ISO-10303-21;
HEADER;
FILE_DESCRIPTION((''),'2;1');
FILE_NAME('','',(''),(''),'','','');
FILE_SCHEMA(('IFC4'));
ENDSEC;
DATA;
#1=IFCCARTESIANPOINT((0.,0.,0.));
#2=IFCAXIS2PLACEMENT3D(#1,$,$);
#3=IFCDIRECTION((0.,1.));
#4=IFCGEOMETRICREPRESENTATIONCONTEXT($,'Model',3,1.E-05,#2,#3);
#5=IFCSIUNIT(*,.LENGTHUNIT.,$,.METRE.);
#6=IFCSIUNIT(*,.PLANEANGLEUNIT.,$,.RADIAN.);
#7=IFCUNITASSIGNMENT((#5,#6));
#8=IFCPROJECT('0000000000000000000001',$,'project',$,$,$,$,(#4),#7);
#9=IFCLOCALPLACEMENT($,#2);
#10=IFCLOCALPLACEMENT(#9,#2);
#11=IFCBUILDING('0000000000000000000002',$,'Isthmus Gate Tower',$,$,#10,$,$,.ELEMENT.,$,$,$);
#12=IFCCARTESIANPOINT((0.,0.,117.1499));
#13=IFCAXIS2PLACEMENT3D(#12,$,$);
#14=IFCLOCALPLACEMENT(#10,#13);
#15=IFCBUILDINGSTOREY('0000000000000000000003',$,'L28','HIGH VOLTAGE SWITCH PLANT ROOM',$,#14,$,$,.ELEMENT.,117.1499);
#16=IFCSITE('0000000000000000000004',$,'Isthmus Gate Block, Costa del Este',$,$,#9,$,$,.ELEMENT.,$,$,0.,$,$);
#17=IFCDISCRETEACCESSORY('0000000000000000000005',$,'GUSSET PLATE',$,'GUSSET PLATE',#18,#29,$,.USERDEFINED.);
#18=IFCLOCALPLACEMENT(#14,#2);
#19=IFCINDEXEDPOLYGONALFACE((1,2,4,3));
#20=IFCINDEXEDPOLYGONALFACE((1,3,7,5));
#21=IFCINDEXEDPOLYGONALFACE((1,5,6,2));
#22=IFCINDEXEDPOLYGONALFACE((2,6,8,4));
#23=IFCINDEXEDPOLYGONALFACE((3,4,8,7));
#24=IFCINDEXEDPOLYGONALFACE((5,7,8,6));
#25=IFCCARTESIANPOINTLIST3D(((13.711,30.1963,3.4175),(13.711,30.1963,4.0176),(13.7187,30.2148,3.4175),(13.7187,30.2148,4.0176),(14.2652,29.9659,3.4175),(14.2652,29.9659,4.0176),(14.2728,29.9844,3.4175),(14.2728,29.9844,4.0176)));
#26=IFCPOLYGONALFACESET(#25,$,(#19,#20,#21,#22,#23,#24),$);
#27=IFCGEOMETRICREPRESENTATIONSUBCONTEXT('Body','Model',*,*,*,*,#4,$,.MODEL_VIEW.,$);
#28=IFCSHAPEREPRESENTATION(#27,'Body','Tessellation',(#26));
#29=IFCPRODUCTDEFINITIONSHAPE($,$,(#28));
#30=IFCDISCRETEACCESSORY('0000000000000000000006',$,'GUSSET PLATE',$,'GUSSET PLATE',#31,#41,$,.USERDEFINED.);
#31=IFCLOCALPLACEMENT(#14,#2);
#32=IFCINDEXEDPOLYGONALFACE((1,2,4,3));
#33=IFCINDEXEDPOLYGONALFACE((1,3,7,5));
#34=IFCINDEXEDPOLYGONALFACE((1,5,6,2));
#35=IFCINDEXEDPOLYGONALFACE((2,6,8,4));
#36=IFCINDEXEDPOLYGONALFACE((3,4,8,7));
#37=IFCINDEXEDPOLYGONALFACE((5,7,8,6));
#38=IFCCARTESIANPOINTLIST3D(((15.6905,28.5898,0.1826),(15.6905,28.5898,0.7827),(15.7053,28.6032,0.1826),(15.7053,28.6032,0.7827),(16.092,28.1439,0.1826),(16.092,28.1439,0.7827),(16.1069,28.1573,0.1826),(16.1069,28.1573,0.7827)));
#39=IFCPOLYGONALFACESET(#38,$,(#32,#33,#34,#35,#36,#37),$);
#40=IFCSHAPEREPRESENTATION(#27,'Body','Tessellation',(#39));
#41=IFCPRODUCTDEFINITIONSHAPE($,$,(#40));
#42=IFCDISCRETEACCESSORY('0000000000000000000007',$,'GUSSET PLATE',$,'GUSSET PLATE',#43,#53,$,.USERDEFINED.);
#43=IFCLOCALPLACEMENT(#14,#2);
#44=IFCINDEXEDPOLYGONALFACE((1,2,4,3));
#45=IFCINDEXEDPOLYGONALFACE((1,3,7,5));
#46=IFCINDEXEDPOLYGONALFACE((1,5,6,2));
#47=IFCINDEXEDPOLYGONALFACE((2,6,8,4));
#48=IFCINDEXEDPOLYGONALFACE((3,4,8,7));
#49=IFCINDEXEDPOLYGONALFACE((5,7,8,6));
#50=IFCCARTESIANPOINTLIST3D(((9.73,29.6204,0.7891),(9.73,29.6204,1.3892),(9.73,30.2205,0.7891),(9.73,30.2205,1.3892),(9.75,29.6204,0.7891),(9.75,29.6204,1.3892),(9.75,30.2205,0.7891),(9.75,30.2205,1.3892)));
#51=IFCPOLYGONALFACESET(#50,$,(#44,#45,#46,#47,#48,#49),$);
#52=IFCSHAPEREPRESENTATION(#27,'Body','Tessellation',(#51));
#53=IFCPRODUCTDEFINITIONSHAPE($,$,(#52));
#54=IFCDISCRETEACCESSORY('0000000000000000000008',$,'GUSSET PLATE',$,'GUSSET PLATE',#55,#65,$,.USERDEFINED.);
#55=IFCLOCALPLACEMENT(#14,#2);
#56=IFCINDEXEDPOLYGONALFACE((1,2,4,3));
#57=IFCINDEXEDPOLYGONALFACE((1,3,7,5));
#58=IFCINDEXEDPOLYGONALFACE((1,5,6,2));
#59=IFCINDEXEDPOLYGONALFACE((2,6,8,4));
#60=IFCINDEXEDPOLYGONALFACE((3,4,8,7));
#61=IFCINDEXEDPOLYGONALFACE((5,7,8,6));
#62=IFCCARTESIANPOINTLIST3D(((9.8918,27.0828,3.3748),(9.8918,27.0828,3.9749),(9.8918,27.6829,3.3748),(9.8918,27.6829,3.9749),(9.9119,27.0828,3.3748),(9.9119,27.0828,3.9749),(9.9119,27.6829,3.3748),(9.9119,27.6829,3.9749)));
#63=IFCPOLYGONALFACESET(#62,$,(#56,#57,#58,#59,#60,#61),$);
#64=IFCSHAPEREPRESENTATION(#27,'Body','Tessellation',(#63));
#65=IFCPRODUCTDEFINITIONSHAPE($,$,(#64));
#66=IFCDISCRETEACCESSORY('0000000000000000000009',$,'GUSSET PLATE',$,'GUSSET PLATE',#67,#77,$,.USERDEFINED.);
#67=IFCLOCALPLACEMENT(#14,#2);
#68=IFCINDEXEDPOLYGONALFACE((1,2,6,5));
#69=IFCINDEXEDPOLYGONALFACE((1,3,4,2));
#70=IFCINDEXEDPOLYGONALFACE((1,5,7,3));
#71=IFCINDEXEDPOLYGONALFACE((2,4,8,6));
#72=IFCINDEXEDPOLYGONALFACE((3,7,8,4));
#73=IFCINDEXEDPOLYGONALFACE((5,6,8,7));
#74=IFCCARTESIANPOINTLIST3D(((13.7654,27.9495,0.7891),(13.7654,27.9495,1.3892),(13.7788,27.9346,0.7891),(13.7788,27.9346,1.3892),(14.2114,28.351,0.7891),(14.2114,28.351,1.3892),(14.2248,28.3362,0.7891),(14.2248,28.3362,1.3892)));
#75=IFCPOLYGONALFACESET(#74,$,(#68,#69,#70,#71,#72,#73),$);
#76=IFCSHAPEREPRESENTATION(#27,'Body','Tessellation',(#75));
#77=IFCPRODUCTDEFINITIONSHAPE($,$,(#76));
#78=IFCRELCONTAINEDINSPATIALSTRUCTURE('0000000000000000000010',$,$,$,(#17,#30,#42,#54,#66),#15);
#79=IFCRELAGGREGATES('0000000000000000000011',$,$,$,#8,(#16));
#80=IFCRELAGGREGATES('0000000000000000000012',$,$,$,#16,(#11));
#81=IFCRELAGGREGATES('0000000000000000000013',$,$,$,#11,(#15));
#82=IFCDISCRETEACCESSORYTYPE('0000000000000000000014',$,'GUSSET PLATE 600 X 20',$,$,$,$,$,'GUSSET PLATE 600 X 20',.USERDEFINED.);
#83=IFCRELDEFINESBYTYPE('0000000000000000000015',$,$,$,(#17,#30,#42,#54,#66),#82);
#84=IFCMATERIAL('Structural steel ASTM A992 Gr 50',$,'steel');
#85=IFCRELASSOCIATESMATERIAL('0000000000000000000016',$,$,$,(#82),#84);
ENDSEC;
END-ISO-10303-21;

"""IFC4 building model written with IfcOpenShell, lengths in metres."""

from ifc_helpers import new_model, si_unit, direction, frame, origin, origin_2d, place, context, subcontext, project, spatial, rectangle, extrude, material, type_object, element, save


model = new_model("IFC4")

# Units and contexts
model_context = context("Model", 3, precision=1e-05, world=origin(), true_north=direction((0.0, 1.0)))
body_context = subcontext(model_context, "Body", "Model", "MODEL_VIEW")
ifc_project = project(units=[si_unit("LENGTHUNIT", "METRE"), si_unit("PLANEANGLEUNIT", "RADIAN")], contexts=[model_context])

# Site, building, storey
site_placement = place(None, origin())
site = spatial("IfcSite", under=ifc_project, at=site_placement, Name="Isthmus Gate Block, Costa del Este", CompositionType="ELEMENT", RefElevation=0.0)
building_placement = place(site_placement, origin())
building = spatial("IfcBuilding", under=site, at=building_placement, Name="Isthmus Gate Tower", CompositionType="ELEMENT")
storey_placement = place(building_placement, frame((0.0, 0.0, 117.1499)))
storey = spatial("IfcBuildingStorey", under=building, at=storey_placement, Name="L28", Description="HIGH VOLTAGE SWITCH PLANT ROOM", CompositionType="ELEMENT", Elevation=117.1499)

# Discrete accessories
ifc_material_1 = material(Name="Structural steel ASTM A992 Gr 50", Category="steel")
discrete_accessory_type_1 = type_object("IfcDiscreteAccessoryType", Name="GUSSET PLATE 600 X 20", ElementType="GUSSET PLATE 600 X 20", PredefinedType="USERDEFINED", material=ifc_material_1)
for number, where, z_axis, x_axis, name in (
    (1, (13.9919, 30.0903, 3.4175), (0.0, 0.0, 1.0), (0.923353, -0.383952, 0.0), "GUSSET PLATE"),
    (2, (15.8987, 28.3735, 0.1826), (0.0, 0.0, 1.0), (0.669131, -0.743145, 0.0), "GUSSET PLATE"),
    (3, (9.74, 29.9204, 0.7891), (0.0, 0.0, 1.0), (0.0, -1.0, 0.0), "GUSSET PLATE"),
    (4, (9.9019, 27.3828, 3.3748), (0.0, 0.0, 1.0), (0.0, -1.0, 0.0), "GUSSET PLATE"),
    (5, (13.9951, 28.1428, 0.7891), (0.0, 0.0, 1.0), (-0.743145, -0.669131, 0.0), "GUSSET PLATE"),
):
    element("IfcDiscreteAccessory", number, at=place(storey_placement, frame(where, z_axis=z_axis, x_axis=x_axis)), inside=storey, type_object=discrete_accessory_type_1, Name=name, ObjectType="GUSSET PLATE", PredefinedType="USERDEFINED", context=body_context, shape_type="SweptSolid", body=[
        extrude(rectangle(XDim=0.6001, YDim=0.02, at=origin_2d()), origin(), (0.0, 0.0, 1.0), 0.6001),
    ])

save(model, "model.ifc")
